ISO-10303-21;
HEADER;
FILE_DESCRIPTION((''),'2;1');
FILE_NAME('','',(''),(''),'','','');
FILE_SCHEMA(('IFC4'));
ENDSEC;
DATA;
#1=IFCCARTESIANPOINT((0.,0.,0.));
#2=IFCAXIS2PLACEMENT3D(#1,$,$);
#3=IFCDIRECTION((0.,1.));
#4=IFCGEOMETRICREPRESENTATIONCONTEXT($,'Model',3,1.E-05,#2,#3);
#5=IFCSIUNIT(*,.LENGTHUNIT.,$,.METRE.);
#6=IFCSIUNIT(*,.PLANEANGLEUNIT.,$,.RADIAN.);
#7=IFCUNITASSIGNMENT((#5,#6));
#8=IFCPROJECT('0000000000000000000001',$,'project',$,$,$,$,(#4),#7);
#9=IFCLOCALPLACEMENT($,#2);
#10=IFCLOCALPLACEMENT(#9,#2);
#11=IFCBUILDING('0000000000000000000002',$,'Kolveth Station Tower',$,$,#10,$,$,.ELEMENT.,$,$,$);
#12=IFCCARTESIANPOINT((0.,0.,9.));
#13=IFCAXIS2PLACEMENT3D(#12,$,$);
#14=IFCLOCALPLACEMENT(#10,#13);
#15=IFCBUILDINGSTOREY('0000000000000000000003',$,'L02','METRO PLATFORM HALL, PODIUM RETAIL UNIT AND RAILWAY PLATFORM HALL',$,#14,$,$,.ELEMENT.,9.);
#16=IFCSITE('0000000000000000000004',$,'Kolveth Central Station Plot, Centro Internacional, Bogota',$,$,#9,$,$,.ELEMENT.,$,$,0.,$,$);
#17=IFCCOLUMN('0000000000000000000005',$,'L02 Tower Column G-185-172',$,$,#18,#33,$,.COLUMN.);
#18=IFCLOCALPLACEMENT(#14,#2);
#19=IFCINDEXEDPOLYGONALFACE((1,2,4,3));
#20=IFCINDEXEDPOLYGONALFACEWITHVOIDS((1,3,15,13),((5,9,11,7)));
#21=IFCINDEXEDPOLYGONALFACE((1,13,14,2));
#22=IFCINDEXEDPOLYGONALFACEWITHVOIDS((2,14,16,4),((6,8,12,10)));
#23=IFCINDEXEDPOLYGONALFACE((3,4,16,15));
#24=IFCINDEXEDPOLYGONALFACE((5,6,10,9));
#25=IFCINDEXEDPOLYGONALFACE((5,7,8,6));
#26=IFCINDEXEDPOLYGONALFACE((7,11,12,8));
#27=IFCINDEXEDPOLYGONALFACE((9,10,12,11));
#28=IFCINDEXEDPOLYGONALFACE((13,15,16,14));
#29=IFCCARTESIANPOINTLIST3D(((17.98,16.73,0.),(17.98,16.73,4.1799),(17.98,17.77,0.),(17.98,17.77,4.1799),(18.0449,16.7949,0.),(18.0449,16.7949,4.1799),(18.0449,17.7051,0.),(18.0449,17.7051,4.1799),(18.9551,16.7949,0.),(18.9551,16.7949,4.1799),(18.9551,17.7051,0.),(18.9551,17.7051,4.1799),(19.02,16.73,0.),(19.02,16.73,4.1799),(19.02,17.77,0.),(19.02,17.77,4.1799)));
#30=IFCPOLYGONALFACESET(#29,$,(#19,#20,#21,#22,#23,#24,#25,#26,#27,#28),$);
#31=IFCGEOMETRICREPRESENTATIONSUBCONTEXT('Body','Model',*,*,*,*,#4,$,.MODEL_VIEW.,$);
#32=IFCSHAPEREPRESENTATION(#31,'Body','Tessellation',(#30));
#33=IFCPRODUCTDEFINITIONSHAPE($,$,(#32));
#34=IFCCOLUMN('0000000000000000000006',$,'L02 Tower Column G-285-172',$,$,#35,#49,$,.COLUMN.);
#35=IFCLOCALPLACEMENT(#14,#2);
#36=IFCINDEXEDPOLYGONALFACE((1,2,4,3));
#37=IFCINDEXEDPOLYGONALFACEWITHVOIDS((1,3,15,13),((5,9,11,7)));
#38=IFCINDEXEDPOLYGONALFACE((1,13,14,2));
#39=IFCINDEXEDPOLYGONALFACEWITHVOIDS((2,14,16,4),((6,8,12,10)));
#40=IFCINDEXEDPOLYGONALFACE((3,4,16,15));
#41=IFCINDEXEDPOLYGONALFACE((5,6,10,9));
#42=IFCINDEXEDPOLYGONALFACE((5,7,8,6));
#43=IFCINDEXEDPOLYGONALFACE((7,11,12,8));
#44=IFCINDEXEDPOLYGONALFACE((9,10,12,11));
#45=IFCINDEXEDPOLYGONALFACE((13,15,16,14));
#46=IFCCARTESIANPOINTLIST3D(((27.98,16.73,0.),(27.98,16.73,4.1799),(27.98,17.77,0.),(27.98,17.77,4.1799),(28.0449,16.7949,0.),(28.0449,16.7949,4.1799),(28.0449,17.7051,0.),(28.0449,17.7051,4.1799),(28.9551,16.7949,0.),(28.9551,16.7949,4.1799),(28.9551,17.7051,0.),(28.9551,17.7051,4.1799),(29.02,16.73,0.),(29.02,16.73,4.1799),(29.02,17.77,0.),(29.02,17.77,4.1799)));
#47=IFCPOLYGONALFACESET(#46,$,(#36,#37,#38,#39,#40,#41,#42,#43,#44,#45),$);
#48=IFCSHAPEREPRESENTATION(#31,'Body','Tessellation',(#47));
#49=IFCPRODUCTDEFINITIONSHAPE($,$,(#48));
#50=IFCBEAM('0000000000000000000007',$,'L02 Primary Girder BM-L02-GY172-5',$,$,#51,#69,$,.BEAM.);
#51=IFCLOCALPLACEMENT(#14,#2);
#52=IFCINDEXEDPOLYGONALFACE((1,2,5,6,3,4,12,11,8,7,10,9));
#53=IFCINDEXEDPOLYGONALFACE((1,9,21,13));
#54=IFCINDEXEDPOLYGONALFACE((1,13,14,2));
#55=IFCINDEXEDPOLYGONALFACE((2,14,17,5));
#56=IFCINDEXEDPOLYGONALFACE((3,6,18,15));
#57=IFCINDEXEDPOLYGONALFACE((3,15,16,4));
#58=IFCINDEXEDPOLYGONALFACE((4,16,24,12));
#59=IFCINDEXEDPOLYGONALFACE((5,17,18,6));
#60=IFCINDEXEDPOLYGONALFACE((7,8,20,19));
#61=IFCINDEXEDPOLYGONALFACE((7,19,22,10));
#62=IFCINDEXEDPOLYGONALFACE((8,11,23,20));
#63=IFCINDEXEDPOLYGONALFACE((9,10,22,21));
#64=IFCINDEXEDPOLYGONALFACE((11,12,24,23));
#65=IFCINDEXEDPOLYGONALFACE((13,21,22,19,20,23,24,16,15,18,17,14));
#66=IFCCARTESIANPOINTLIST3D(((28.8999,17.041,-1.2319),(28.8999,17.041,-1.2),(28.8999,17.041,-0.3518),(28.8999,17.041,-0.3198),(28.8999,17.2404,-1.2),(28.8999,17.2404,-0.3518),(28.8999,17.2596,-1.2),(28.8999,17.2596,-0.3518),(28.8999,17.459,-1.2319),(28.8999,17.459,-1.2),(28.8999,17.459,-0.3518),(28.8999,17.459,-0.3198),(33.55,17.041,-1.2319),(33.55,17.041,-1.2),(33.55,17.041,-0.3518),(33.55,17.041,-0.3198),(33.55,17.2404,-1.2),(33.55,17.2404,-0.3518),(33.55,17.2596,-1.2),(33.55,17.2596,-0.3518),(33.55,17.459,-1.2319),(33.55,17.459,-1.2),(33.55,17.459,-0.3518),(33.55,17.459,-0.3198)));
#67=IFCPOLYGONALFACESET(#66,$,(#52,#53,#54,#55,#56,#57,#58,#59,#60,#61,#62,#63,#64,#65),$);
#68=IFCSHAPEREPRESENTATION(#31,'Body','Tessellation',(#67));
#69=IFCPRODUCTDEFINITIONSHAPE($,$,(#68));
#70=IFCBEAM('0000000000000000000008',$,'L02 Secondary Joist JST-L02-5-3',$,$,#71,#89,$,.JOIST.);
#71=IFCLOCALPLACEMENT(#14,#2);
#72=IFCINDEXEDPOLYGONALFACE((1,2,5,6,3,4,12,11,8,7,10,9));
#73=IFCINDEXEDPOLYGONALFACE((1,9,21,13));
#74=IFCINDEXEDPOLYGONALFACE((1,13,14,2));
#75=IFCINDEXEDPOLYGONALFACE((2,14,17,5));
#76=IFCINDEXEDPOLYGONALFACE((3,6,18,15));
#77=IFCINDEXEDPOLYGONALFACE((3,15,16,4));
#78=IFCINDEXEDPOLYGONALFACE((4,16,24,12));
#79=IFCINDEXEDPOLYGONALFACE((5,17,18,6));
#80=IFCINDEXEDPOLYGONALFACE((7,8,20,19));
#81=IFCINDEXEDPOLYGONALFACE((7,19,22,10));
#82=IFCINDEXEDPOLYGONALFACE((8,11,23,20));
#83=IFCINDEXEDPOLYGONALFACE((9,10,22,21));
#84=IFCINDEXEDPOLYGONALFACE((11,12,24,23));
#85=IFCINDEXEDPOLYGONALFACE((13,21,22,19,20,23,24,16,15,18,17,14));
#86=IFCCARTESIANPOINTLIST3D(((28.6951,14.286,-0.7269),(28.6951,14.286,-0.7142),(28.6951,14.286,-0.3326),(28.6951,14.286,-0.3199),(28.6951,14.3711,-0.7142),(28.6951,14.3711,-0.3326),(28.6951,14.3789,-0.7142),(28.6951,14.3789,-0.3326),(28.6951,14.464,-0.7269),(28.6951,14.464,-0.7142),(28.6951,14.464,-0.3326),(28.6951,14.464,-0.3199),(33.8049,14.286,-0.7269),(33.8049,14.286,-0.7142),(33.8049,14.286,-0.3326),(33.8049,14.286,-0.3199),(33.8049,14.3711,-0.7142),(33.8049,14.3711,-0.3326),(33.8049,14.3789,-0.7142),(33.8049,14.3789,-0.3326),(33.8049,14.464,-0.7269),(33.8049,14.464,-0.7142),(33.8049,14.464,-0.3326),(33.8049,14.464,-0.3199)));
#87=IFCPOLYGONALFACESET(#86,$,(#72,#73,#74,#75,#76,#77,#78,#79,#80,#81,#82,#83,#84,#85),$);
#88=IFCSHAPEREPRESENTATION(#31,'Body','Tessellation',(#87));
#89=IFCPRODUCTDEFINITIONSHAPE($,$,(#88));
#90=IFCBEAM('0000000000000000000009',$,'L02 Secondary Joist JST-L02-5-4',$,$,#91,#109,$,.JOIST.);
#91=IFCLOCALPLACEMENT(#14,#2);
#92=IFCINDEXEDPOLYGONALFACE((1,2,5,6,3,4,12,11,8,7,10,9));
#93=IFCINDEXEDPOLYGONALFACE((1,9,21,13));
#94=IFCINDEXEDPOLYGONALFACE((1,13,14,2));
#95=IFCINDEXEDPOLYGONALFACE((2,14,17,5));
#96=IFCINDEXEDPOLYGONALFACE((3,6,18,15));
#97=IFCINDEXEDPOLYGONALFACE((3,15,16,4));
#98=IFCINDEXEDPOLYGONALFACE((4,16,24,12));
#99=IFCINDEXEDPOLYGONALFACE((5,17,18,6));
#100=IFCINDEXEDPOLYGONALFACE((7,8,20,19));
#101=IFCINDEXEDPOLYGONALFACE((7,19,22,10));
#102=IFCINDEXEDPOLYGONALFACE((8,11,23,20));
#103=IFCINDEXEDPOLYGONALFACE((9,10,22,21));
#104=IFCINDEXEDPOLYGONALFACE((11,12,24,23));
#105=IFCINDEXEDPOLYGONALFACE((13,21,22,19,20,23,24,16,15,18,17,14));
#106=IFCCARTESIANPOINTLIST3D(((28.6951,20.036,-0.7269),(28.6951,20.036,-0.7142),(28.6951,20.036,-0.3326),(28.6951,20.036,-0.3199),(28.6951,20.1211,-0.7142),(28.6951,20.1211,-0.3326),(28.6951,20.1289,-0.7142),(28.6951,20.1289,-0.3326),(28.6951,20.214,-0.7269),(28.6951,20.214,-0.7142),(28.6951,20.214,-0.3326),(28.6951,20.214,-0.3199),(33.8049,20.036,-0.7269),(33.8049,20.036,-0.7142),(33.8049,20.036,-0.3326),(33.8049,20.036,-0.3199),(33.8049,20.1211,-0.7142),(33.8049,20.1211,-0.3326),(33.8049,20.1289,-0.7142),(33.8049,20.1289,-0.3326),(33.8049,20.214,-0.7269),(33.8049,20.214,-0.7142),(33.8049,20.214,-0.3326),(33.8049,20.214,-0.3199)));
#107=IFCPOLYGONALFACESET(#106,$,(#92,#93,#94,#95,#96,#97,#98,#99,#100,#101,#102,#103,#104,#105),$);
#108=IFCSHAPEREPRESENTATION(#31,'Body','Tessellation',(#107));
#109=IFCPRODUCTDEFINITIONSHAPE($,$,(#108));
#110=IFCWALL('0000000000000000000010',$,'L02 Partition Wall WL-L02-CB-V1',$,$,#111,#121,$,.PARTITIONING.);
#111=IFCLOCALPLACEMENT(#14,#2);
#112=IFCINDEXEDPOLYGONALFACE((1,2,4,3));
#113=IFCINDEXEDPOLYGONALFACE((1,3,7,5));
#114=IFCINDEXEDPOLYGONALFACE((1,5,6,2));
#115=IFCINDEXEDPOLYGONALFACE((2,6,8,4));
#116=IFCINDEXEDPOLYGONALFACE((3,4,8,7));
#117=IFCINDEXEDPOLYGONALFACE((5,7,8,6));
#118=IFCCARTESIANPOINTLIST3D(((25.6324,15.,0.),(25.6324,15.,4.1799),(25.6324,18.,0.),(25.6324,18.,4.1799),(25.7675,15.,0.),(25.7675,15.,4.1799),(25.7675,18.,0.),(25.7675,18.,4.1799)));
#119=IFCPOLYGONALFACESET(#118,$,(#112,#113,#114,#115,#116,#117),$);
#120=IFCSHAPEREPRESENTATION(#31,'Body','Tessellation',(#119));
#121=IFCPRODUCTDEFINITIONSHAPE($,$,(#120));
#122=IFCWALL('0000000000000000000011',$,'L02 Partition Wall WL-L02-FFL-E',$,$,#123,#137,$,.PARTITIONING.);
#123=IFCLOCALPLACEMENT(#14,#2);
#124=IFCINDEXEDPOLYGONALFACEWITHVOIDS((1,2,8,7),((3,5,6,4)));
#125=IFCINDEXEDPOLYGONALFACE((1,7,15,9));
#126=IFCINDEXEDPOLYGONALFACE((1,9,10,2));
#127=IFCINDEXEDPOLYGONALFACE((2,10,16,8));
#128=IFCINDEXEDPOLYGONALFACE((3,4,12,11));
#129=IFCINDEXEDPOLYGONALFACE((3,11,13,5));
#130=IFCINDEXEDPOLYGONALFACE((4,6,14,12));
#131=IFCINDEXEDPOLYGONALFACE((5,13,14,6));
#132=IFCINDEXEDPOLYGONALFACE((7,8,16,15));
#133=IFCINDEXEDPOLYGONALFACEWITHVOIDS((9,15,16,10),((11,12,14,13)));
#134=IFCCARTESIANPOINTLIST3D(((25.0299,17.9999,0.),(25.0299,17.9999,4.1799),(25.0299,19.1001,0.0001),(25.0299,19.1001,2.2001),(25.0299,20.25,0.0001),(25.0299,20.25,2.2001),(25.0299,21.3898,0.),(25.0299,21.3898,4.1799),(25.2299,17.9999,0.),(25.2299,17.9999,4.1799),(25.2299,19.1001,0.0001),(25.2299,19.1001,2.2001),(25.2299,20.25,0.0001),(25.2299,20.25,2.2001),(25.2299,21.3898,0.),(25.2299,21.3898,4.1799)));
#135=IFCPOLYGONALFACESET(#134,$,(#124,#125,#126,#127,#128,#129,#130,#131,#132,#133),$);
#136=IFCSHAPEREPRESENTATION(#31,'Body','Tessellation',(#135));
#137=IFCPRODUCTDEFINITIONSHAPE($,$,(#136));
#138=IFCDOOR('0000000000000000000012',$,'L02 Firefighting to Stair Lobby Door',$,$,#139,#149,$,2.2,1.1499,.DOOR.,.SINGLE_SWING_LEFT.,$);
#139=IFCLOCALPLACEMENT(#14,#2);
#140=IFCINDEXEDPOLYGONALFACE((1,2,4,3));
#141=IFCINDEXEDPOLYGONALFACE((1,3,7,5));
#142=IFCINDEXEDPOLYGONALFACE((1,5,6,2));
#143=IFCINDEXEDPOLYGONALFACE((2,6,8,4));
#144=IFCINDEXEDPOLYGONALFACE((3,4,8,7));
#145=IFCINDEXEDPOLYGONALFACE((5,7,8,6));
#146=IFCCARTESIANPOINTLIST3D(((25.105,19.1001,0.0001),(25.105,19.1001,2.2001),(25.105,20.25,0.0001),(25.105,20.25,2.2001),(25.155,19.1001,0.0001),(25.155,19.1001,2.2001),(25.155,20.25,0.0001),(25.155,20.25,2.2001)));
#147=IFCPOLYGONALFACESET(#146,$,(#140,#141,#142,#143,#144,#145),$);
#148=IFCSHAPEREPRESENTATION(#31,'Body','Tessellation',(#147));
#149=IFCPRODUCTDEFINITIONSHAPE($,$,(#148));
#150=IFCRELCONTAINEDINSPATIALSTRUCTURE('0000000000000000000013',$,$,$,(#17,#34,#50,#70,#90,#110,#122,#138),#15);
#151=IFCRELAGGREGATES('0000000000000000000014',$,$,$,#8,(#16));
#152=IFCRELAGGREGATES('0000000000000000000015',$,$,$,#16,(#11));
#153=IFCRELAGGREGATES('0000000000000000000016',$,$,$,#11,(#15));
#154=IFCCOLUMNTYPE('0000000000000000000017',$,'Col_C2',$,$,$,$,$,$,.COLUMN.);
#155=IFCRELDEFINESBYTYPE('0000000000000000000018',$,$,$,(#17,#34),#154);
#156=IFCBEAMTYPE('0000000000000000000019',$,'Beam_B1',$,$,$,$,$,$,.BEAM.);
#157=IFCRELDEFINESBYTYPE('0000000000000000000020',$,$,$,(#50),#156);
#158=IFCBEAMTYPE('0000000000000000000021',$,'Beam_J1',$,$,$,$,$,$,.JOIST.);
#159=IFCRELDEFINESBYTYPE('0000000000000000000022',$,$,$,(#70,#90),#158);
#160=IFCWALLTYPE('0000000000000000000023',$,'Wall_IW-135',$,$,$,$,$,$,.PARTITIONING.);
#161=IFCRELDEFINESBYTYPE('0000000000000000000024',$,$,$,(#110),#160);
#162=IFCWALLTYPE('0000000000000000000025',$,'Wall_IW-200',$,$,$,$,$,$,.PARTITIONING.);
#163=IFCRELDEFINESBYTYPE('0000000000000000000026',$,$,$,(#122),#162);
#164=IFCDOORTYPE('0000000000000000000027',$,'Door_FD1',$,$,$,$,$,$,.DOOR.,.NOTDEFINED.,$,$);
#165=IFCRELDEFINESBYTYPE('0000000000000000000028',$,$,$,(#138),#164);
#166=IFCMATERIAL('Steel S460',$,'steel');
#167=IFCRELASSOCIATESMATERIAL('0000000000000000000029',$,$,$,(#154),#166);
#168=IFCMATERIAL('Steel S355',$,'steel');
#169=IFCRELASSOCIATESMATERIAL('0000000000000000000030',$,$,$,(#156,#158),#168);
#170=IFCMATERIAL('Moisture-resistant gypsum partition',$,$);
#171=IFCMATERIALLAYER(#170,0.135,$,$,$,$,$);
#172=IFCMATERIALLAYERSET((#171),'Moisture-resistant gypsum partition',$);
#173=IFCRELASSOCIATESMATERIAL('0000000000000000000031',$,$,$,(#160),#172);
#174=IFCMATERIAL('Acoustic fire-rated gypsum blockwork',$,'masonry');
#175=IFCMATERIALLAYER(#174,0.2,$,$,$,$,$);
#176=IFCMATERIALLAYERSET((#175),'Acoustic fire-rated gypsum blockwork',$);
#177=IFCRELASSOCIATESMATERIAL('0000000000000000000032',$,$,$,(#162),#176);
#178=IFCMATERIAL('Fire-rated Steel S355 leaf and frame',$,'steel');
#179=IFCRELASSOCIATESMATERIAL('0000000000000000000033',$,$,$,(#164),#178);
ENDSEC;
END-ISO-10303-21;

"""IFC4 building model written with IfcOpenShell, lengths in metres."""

from ifc_helpers import new_model, si_unit, direction, frame, frame_2d, origin, origin_2d, place, context, subcontext, project, spatial, rectangle, hollow_rectangle, i_section, extrude, source, transform, mapped, material, layer, layer_set, material_profile, profile_set, type_object, element, fill, save


model = new_model("IFC4")

# Units and contexts
model_context = context("Model", 3, precision=1e-05, world=origin(), true_north=direction((0.0, 1.0)))
body_context = subcontext(model_context, "Body", "Model", "MODEL_VIEW")
ifc_project = project(units=[si_unit("LENGTHUNIT", "METRE"), si_unit("PLANEANGLEUNIT", "RADIAN")], contexts=[model_context])

# Site, building, storey
site_placement = place(None, origin())
site = spatial("IfcSite", under=ifc_project, at=site_placement, Name="Kolveth Central Station Plot, Centro Internacional, Bogota", CompositionType="ELEMENT", RefElevation=0.0)
building_placement = place(site_placement, origin())
building = spatial("IfcBuilding", under=site, at=building_placement, Name="Kolveth Station Tower", CompositionType="ELEMENT")
storey_placement = place(building_placement, frame((0.0, 0.0, 9.0)))
storey = spatial("IfcBuildingStorey", under=building, at=storey_placement, Name="L02", Description="METRO PLATFORM HALL, PODIUM RETAIL UNIT AND RAILWAY PLATFORM HALL", CompositionType="ELEMENT", Elevation=9.0)

# Columns
ifc_material_1 = material(Name="Steel S460", Category="steel")
ifc_material_profile_1 = material_profile(ifc_material_1, hollow_rectangle(XDim=1.04, YDim=1.04, WallThickness=0.0649, at=origin_2d()), Name="BOX1040x1040x65")
ifc_profile_set_1 = profile_set([ifc_material_profile_1], Name="Steel S460")
column_type = type_object("IfcColumnType", Name="Col_C2", PredefinedType="COLUMN", material=ifc_profile_set_1)
shared_shape_1 = source(origin(), body_context, "Body", "SweptSolid", [
    extrude(hollow_rectangle(XDim=1.04, YDim=1.04, WallThickness=0.0649, at=origin_2d()), origin(), (0.0, 0.0, 1.0), 4.1799),
])
for number, where, z_axis, x_axis, name in (
    (1, (18.5, 17.25, 0.0), (0.0, 0.0, 1.0), (1.0, 0.0, 0.0), "L02 Tower Column G-185-172"),
    (2, (28.5, 17.25, 0.0), (0.0, 0.0, 1.0), (1.0, 0.0, 0.0), "L02 Tower Column G-285-172"),
):
    element("IfcColumn", number, at=place(storey_placement, frame(where, z_axis=z_axis, x_axis=x_axis)), inside=storey, type_object=column_type, Name=name, PredefinedType="COLUMN", context=body_context, shape_type="MappedRepresentation", body=[
        mapped(shared_shape_1, transform((0.0, 0.0, 0.0), x_axis=(1.0, 0.0, 0.0), y_axis=(0.0, 1.0, 0.0), z_axis=(0.0, 0.0, 1.0), scale=1.0)),
    ])

# Beams
ifc_material_2 = material(Name="Steel S355", Category="steel")
ifc_material_profile_2 = material_profile(ifc_material_2, i_section(OverallWidth=0.418, OverallDepth=0.9121, WebThickness=0.0193, FlangeThickness=0.032, at=origin_2d()), Name="W920x342")
ifc_profile_set_2 = profile_set([ifc_material_profile_2], Name="Steel S355")
beam_type_1 = type_object("IfcBeamType", Name="Beam_B1", PredefinedType="BEAM", material=ifc_profile_set_2)
shared_shape_2 = source(origin(), body_context, "Body", "SweptSolid", [
    extrude(i_section(OverallWidth=0.418, OverallDepth=0.9121, WebThickness=0.0193, FlangeThickness=0.032, at=origin_2d()), origin(), (0.0, 0.0, 1.0), 4.6501),
])
beam_placement = place(storey_placement, frame((28.8999, 17.25, -0.7759), z_axis=(1.0, 0.0, 0.0), x_axis=(0.0, 1.0, 0.0)))
element("IfcBeam", 3, at=beam_placement, inside=storey, type_object=beam_type_1, Name="L02 Primary Girder BM-L02-GY172-5", PredefinedType="BEAM", context=body_context, shape_type="MappedRepresentation", body=[
    mapped(shared_shape_2, transform((0.0, 0.0, 0.0), x_axis=(1.0, 0.0, 0.0), y_axis=(0.0, 1.0, 0.0), z_axis=(0.0, 0.0, 1.0), scale=1.0)),
])
ifc_material_profile_3 = material_profile(ifc_material_2, i_section(OverallWidth=0.178, OverallDepth=0.407, WebThickness=0.0078, FlangeThickness=0.0127, at=origin_2d()), Name="W410x60")
ifc_profile_set_3 = profile_set([ifc_material_profile_3], Name="Steel S355")
beam_type_2 = type_object("IfcBeamType", Name="Beam_J1", PredefinedType="JOIST", material=ifc_profile_set_3)
shared_shape_3 = source(origin(), body_context, "Body", "SweptSolid", [
    extrude(i_section(OverallWidth=0.178, OverallDepth=0.407, WebThickness=0.0078, FlangeThickness=0.0127, at=origin_2d()), origin(), (0.0, 0.0, 1.0), 5.1099),
])
for number, where, z_axis, x_axis, name in (
    (4, (28.6951, 14.375, -0.5234), (1.0, 0.0, 0.0), (0.0, 1.0, 0.0), "L02 Secondary Joist JST-L02-5-3"),
    (5, (28.6951, 20.125, -0.5234), (1.0, 0.0, 0.0), (0.0, 1.0, 0.0), "L02 Secondary Joist JST-L02-5-4"),
):
    element("IfcBeam", number, at=place(storey_placement, frame(where, z_axis=z_axis, x_axis=x_axis)), inside=storey, type_object=beam_type_2, Name=name, PredefinedType="JOIST", context=body_context, shape_type="MappedRepresentation", body=[
        mapped(shared_shape_3, transform((0.0, 0.0, 0.0), x_axis=(1.0, 0.0, 0.0), y_axis=(0.0, 1.0, 0.0), z_axis=(0.0, 0.0, 1.0), scale=1.0)),
    ])

# Wall
ifc_material_3 = material(Name="Moisture-resistant gypsum partition")
ifc_layer_1 = layer(ifc_material_3, 0.135)
ifc_layer_set_1 = layer_set([ifc_layer_1], Name="Moisture-resistant gypsum partition")
wall_type_1 = type_object("IfcWallType", Name="Wall_IW-135", PredefinedType="PARTITIONING", material=ifc_layer_set_1)
wall_1_placement = place(storey_placement, frame((25.7, 15.0, 0.0), z_axis=(0.0, 0.0, 1.0), x_axis=(0.0, 1.0, 0.0)))
element("IfcWall", 6, at=wall_1_placement, inside=storey, type_object=wall_type_1, Name="L02 Partition Wall WL-L02-CB-V1", PredefinedType="PARTITIONING", context=body_context, shape_type="SweptSolid", body=[
    extrude(rectangle(XDim=3.0, YDim=0.135, at=frame_2d((1.5, 0.0))), origin(), (0.0, 0.0, 1.0), 4.1799),
])

# Wall, opening, door
ifc_material_4 = material(Name="Acoustic fire-rated gypsum blockwork", Category="masonry")
ifc_layer_2 = layer(ifc_material_4, 0.2)
ifc_layer_set_2 = layer_set([ifc_layer_2], Name="Acoustic fire-rated gypsum blockwork")
wall_type_2 = type_object("IfcWallType", Name="Wall_IW-200", PredefinedType="PARTITIONING", material=ifc_layer_set_2)
wall_2_placement = place(storey_placement, frame((25.1299, 18.0, 0.0), z_axis=(0.0, 0.0, 1.0), x_axis=(0.0, 1.0, 0.0)))
wall_2 = element("IfcWall", 7, at=wall_2_placement, inside=storey, type_object=wall_type_2, Name="L02 Partition Wall WL-L02-FFL-E", PredefinedType="PARTITIONING", context=body_context, shape_type="SweptSolid", body=[
    extrude(rectangle(XDim=3.3899, YDim=0.2, at=frame_2d((1.6948, 0.0))), origin(), (0.0, 0.0, 1.0), 4.1799),
])
opening_1_placement = place(wall_2_placement, frame((1.1001, 0.0, 0.0)))
opening_1 = element("IfcOpeningElement", 8, at=opening_1_placement, cuts=wall_2, PredefinedType="OPENING", context=body_context, shape_type="SweptSolid", body=[
    extrude(rectangle(XDim=1.1499, YDim=2.2, at=frame_2d((0.575, 1.1001))), frame((0.0, 0.1099, 0.0), z_axis=(0.0, -1.0, 0.0), x_axis=(1.0, 0.0, 0.0)), (0.0, 0.0, 1.0), 0.22),
])
ifc_material_5 = material(Name="Fire-rated Steel S355 leaf and frame", Category="steel")
door_type_1 = type_object("IfcDoorType", Name="Door_FD1", OperationType="NOTDEFINED", PredefinedType="DOOR", material=ifc_material_5)
door_1_placement = place(opening_1_placement, origin())
door_1 = element("IfcDoor", 9, at=door_1_placement, inside=storey, type_object=door_type_1, Name="L02 Firefighting to Stair Lobby Door", OperationType="SINGLE_SWING_LEFT", OverallHeight=2.2, OverallWidth=1.1499, PredefinedType="DOOR", context=body_context, shape_type="SweptSolid", body=[
    extrude(rectangle(XDim=1.1499, YDim=2.2, at=frame_2d((0.575, 1.1001))), frame((0.0, 0.0249, 0.0), z_axis=(0.0, -1.0, 0.0), x_axis=(1.0, 0.0, 0.0)), (0.0, 0.0, 1.0), 0.05),
])
fill(opening_1, door_1)

save(model, "model.ifc")
